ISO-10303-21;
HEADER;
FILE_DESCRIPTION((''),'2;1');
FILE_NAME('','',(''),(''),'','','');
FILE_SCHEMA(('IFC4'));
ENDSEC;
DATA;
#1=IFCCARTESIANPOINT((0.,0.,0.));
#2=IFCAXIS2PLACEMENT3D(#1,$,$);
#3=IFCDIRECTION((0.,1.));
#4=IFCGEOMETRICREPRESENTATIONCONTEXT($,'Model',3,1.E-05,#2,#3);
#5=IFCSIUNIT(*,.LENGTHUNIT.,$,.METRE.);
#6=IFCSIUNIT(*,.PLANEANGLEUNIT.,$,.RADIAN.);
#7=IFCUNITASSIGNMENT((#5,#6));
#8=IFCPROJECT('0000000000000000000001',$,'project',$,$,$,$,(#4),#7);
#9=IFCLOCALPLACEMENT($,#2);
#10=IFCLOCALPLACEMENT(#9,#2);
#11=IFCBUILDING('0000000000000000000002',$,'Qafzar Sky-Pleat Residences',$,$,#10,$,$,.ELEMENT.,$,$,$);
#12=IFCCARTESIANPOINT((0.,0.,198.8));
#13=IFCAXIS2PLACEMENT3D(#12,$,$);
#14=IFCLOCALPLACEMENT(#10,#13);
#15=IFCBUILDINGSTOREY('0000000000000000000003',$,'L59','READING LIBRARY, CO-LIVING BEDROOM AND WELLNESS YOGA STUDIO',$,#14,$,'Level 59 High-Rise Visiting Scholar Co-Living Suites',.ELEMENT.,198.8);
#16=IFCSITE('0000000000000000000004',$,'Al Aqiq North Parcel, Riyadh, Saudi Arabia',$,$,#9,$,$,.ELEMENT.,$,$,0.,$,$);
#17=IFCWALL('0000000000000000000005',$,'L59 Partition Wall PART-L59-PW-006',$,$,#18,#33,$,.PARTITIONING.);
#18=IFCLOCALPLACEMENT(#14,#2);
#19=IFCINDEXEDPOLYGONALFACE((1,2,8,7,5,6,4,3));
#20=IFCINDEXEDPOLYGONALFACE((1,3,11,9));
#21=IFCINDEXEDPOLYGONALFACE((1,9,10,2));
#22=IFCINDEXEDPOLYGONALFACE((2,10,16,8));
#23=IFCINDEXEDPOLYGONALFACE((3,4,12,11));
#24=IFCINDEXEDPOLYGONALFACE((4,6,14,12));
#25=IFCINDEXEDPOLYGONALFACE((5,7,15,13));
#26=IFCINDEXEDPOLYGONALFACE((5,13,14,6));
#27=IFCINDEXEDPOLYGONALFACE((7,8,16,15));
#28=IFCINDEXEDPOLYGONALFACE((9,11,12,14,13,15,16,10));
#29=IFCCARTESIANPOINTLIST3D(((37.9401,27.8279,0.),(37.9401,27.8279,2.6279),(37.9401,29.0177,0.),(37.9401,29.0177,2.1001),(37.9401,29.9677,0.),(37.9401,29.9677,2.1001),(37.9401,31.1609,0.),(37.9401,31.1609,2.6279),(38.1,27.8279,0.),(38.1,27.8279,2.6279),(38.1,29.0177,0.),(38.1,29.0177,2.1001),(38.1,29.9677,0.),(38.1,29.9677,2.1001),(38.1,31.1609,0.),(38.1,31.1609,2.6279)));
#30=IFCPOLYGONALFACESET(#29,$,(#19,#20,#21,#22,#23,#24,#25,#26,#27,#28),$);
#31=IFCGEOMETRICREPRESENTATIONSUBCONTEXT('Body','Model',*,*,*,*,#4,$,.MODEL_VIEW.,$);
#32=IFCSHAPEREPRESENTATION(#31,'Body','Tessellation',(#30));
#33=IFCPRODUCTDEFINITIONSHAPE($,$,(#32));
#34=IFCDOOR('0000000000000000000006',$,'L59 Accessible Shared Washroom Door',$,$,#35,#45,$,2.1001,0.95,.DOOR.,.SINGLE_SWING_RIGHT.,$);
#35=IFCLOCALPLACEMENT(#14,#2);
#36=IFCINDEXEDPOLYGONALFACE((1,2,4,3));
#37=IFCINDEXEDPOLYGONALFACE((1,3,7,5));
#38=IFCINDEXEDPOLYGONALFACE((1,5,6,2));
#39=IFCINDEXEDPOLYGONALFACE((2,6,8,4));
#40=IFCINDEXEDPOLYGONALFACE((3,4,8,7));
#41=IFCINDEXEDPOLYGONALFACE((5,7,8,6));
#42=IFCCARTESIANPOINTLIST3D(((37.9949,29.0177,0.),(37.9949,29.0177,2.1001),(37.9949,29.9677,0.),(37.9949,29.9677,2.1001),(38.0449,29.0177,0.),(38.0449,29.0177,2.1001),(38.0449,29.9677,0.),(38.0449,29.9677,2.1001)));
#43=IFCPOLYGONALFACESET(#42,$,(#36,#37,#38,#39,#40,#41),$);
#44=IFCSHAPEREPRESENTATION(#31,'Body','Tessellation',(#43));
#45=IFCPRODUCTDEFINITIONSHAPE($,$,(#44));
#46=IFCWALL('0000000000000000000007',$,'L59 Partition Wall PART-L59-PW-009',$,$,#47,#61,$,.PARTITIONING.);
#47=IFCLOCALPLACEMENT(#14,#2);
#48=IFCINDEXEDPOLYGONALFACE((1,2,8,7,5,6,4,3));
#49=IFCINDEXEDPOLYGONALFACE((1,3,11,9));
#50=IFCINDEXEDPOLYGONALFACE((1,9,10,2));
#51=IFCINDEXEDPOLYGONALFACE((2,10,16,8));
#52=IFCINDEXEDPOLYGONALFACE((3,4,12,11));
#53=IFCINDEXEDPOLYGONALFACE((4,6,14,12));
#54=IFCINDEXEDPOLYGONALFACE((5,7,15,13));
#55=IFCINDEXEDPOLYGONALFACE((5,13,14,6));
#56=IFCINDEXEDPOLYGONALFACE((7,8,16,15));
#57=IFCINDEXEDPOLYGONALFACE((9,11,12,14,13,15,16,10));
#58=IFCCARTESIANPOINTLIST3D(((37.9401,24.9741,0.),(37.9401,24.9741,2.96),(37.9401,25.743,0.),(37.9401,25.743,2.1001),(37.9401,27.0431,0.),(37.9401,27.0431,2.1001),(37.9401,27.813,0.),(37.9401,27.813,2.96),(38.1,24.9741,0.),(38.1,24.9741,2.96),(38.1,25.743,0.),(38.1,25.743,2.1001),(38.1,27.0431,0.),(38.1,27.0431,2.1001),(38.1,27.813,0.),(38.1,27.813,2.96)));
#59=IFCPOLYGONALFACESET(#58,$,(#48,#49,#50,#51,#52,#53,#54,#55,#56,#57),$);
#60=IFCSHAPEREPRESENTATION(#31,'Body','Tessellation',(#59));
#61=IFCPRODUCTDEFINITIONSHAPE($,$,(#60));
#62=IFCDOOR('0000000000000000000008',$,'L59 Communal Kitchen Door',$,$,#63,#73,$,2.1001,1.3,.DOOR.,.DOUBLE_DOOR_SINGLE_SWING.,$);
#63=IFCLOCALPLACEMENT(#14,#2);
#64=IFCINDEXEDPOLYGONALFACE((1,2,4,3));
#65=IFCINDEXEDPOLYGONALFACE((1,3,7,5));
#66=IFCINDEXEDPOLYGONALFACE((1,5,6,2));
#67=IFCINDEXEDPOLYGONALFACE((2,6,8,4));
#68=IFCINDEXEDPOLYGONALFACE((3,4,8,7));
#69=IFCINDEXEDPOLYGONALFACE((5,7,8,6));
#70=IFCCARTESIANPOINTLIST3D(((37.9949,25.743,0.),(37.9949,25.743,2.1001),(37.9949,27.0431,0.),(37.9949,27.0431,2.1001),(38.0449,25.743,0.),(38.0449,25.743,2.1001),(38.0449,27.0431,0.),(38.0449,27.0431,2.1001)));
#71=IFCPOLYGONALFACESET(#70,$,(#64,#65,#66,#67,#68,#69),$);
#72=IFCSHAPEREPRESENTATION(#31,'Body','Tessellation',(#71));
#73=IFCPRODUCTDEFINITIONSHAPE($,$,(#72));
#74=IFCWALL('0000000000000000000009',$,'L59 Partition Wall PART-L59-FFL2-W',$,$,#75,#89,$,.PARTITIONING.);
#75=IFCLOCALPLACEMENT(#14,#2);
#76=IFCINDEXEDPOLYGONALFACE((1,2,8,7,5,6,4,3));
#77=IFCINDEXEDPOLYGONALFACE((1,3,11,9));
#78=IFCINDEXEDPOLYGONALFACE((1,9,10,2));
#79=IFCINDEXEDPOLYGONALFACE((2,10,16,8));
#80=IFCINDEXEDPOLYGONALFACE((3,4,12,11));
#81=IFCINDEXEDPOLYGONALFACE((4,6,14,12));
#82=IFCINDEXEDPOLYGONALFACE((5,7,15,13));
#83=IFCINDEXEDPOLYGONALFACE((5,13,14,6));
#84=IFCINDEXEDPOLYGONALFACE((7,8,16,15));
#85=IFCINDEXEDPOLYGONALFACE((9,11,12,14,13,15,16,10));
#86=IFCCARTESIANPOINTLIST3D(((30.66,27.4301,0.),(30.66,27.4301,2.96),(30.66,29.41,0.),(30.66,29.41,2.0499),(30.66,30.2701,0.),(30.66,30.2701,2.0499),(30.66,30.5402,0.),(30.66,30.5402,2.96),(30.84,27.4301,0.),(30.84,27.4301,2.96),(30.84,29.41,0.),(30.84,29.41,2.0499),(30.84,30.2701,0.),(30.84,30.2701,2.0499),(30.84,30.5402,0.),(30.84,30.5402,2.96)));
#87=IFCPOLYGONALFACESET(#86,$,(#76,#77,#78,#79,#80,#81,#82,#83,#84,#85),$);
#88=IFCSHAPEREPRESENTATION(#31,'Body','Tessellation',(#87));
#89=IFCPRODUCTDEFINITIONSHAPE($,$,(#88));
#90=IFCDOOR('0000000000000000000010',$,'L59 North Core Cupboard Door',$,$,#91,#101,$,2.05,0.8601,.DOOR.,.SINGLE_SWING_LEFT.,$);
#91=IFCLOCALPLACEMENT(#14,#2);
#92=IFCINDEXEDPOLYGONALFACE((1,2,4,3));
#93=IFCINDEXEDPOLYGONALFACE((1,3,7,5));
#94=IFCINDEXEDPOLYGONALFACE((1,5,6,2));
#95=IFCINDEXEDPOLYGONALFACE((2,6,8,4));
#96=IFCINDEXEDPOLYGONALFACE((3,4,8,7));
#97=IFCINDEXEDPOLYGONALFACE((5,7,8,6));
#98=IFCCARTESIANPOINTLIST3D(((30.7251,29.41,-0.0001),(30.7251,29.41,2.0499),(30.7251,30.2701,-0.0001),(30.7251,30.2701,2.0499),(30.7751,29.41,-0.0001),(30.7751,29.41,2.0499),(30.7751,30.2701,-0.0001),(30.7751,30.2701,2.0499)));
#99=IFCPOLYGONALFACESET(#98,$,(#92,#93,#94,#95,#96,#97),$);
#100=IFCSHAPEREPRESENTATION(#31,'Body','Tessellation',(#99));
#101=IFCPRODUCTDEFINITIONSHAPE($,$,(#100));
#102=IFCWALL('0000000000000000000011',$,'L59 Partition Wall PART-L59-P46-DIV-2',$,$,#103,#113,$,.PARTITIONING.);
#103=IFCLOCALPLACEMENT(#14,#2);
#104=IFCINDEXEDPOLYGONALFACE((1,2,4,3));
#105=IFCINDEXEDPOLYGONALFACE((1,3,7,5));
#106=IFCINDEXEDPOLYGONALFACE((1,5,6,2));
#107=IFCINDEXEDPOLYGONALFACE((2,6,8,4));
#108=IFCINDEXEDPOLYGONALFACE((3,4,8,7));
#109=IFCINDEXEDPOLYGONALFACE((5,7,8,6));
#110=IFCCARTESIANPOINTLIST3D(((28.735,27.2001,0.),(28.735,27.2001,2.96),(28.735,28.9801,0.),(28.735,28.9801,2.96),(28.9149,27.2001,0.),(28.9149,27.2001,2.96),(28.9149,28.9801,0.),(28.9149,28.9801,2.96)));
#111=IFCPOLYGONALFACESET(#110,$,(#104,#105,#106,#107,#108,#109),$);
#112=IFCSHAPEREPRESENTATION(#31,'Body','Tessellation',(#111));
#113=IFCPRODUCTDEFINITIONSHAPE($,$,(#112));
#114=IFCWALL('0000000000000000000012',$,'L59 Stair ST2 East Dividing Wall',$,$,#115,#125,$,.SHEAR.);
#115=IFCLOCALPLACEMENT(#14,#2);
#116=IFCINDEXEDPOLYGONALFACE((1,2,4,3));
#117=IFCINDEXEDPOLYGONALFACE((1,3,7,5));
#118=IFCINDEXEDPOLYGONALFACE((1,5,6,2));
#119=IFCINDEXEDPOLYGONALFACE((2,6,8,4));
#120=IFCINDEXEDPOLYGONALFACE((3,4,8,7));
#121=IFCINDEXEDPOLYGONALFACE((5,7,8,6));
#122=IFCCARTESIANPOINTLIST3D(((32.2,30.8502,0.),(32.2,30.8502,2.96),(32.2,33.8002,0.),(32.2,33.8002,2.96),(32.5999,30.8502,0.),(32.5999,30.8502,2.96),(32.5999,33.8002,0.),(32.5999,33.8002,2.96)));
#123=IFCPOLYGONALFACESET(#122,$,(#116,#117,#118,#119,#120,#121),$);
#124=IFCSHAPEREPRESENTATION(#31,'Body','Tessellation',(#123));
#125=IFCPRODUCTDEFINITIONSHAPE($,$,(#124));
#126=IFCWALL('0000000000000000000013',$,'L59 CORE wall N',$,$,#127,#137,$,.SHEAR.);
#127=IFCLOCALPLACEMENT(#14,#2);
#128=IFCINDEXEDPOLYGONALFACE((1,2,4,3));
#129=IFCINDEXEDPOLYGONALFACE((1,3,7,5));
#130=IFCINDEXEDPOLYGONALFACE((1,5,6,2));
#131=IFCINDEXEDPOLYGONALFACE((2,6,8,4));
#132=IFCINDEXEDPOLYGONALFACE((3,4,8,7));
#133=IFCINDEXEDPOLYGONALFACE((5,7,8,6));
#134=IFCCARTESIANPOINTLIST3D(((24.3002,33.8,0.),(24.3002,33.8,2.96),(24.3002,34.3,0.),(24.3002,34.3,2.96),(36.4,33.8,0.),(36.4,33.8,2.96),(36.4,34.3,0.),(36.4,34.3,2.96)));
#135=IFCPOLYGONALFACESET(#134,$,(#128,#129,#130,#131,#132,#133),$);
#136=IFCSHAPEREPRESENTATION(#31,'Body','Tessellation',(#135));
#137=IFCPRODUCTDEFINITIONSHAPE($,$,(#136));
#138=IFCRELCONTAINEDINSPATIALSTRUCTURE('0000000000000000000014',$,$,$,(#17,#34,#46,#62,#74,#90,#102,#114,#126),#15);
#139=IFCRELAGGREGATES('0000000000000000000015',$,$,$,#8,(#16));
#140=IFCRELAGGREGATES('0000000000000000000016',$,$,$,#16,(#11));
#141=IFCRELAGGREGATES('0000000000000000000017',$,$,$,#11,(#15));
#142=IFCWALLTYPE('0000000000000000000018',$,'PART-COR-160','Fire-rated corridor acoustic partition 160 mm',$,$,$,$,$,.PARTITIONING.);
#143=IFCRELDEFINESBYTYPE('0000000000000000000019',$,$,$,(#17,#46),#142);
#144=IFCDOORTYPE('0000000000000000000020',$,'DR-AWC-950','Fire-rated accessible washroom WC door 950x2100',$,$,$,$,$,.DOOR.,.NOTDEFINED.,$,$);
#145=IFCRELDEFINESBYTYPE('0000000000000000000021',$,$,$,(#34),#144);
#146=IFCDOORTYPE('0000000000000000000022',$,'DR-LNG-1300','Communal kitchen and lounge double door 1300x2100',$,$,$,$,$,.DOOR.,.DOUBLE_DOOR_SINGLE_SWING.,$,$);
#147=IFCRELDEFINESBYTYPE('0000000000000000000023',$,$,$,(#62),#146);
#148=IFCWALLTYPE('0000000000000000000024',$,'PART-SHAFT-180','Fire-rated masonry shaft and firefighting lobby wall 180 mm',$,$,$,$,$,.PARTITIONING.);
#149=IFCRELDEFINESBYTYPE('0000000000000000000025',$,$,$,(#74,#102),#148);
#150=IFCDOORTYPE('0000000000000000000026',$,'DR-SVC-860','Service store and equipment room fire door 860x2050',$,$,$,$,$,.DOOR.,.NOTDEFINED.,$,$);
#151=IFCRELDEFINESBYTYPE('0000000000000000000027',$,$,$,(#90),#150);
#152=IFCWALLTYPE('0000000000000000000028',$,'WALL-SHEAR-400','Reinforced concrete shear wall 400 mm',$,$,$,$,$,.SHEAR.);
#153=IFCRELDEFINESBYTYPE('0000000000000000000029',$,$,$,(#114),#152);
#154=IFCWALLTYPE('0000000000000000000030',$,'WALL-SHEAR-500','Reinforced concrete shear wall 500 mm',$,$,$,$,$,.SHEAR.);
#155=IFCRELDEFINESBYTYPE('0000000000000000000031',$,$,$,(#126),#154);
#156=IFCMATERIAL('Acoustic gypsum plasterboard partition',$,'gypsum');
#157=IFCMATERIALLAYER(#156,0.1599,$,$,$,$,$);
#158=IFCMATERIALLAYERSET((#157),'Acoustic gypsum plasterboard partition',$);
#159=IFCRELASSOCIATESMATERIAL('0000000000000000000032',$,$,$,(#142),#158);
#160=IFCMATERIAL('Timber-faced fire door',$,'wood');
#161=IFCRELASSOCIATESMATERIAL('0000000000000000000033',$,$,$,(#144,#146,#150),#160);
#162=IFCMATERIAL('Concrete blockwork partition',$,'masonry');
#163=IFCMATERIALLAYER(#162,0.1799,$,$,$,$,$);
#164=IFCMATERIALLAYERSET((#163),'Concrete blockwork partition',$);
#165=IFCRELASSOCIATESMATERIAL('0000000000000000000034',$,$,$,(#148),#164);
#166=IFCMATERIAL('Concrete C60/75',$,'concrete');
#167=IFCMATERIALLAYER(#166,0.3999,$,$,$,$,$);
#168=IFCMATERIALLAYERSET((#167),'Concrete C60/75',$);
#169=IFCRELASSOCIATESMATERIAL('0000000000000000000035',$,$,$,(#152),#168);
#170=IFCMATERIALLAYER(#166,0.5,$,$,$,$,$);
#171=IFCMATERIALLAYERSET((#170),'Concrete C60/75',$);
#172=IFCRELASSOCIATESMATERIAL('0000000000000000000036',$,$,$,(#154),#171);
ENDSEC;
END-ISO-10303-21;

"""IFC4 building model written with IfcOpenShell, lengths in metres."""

from ifc_helpers import new_model, si_unit, direction, frame, frame_2d, origin, place, context, subcontext, project, spatial, rectangle, extrude, source, transform, mapped, material, layer, layer_set, type_object, element, fill, save


model = new_model("IFC4")

# Units and contexts
model_context = context("Model", 3, precision=1e-05, world=origin(), true_north=direction((0.0, 1.0)))
body_context = subcontext(model_context, "Body", "Model", "MODEL_VIEW")
ifc_project = project(units=[si_unit("LENGTHUNIT", "METRE"), si_unit("PLANEANGLEUNIT", "RADIAN")], contexts=[model_context])

# Site, building, storey
site_placement = place(None, origin())
site = spatial("IfcSite", under=ifc_project, at=site_placement, Name="Al Aqiq North Parcel, Riyadh, Saudi Arabia", CompositionType="ELEMENT", RefElevation=0.0)
building_placement = place(site_placement, origin())
building = spatial("IfcBuilding", under=site, at=building_placement, Name="Qafzar Sky-Pleat Residences", CompositionType="ELEMENT")
storey_placement = place(building_placement, frame((0.0, 0.0, 198.8)))
storey = spatial("IfcBuildingStorey", under=building, at=storey_placement, Name="L59", Description="READING LIBRARY, CO-LIVING BEDROOM AND WELLNESS YOGA STUDIO", LongName="Level 59 High-Rise Visiting Scholar Co-Living Suites", CompositionType="ELEMENT", Elevation=198.8)

# Walls, openings, doors
ifc_material_1 = material(Name="Acoustic gypsum plasterboard partition", Category="gypsum")
ifc_layer_1 = layer(ifc_material_1, 0.1599)
ifc_layer_set_1 = layer_set([ifc_layer_1], Name="Acoustic gypsum plasterboard partition")
wall_type_1 = type_object("IfcWallType", Name="PART-COR-160", Description="Fire-rated corridor acoustic partition 160 mm", PredefinedType="PARTITIONING", material=ifc_layer_set_1)
wall_1_placement = place(storey_placement, frame((38.02, 31.1609, 0.0), z_axis=(0.0, 0.0, 1.0), x_axis=(0.0, -1.0, 0.0)))
wall_1 = element("IfcWall", 1, at=wall_1_placement, inside=storey, type_object=wall_type_1, Name="L59 Partition Wall PART-L59-PW-006", PredefinedType="PARTITIONING", context=body_context, shape_type="SweptSolid", body=[
    extrude(rectangle(XDim=3.333, YDim=0.1599, at=frame_2d((1.6665, 0.0))), origin(), (0.0, 0.0, 1.0), 2.6279),
])
opening_1_placement = place(wall_1_placement, frame((1.1931, 0.0, 0.0)))
opening_1 = element("IfcOpeningElement", 2, at=opening_1_placement, cuts=wall_1, PredefinedType="OPENING", context=body_context, shape_type="SweptSolid", body=[
    extrude(rectangle(XDim=0.95, YDim=2.1001, at=frame_2d((0.4751, 1.05))), frame((0.0, 0.0898, 0.0), z_axis=(0.0, -1.0, 0.0), x_axis=(1.0, 0.0, 0.0)), (0.0, 0.0, 1.0), 0.1799),
])
ifc_material_2 = material(Name="Timber-faced fire door", Category="wood")
door_type_1 = type_object("IfcDoorType", Name="DR-AWC-950", Description="Fire-rated accessible washroom WC door 950x2100", OperationType="NOTDEFINED", PredefinedType="DOOR", material=ifc_material_2)
shared_shape_1 = source(origin(), body_context, "Body", "SweptSolid", [
    extrude(rectangle(XDim=0.95, YDim=2.1001, at=frame_2d((0.4751, 1.05))), frame((0.0, 0.0249, 0.0), z_axis=(0.0, -1.0, 0.0), x_axis=(1.0, 0.0, 0.0)), (0.0, 0.0, 1.0), 0.05),
])
door_1_placement = place(opening_1_placement, origin())
door_1 = element("IfcDoor", 3, at=door_1_placement, inside=storey, type_object=door_type_1, Name="L59 Accessible Shared Washroom Door", OperationType="SINGLE_SWING_RIGHT", OverallHeight=2.1001, OverallWidth=0.95, PredefinedType="DOOR", context=body_context, shape_type="MappedRepresentation", body=[
    mapped(shared_shape_1, transform((0.0, 0.0, 0.0), x_axis=(1.0, 0.0, 0.0), y_axis=(0.0, 1.0, 0.0), z_axis=(0.0, 0.0, 1.0), scale=1.0)),
])
fill(opening_1, door_1)
wall_2_placement = place(storey_placement, frame((38.02, 27.813, 0.0), z_axis=(0.0, 0.0, 1.0), x_axis=(0.0, -1.0, 0.0)))
wall_2 = element("IfcWall", 4, at=wall_2_placement, inside=storey, type_object=wall_type_1, Name="L59 Partition Wall PART-L59-PW-009", PredefinedType="PARTITIONING", context=body_context, shape_type="SweptSolid", body=[
    extrude(rectangle(XDim=2.8389, YDim=0.1599, at=frame_2d((1.4194, 0.0))), origin(), (0.0, 0.0, 1.0), 2.96),
])
opening_2_placement = place(wall_2_placement, frame((0.77, 0.0, 0.0)))
opening_2 = element("IfcOpeningElement", 5, at=opening_2_placement, cuts=wall_2, PredefinedType="OPENING", context=body_context, shape_type="SweptSolid", body=[
    extrude(rectangle(XDim=1.3, YDim=2.1001, at=frame_2d((0.6499, 1.05))), frame((0.0, 0.0898, 0.0), z_axis=(0.0, -1.0, 0.0), x_axis=(1.0, 0.0, 0.0)), (0.0, 0.0, 1.0), 0.1799),
])
door_type_2 = type_object("IfcDoorType", Name="DR-LNG-1300", Description="Communal kitchen and lounge double door 1300x2100", OperationType="DOUBLE_DOOR_SINGLE_SWING", PredefinedType="DOOR", material=ifc_material_2)
shared_shape_2 = source(origin(), body_context, "Body", "SweptSolid", [
    extrude(rectangle(XDim=1.3, YDim=2.1001, at=frame_2d((0.6499, 1.05))), frame((0.0, 0.0249, 0.0), z_axis=(0.0, -1.0, 0.0), x_axis=(1.0, 0.0, 0.0)), (0.0, 0.0, 1.0), 0.05),
])
door_2_placement = place(opening_2_placement, origin())
door_2 = element("IfcDoor", 6, at=door_2_placement, inside=storey, type_object=door_type_2, Name="L59 Communal Kitchen Door", OperationType="DOUBLE_DOOR_SINGLE_SWING", OverallHeight=2.1001, OverallWidth=1.3, PredefinedType="DOOR", context=body_context, shape_type="MappedRepresentation", body=[
    mapped(shared_shape_2, transform((0.0, 0.0, 0.0), x_axis=(1.0, 0.0, 0.0), y_axis=(0.0, 1.0, 0.0), z_axis=(0.0, 0.0, 1.0), scale=1.0)),
])
fill(opening_2, door_2)
ifc_material_3 = material(Name="Concrete blockwork partition", Category="masonry")
ifc_layer_2 = layer(ifc_material_3, 0.1799)
ifc_layer_set_2 = layer_set([ifc_layer_2], Name="Concrete blockwork partition")
wall_type_2 = type_object("IfcWallType", Name="PART-SHAFT-180", Description="Fire-rated masonry shaft and firefighting lobby wall 180 mm", PredefinedType="PARTITIONING", material=ifc_layer_set_2)
wall_3_placement = place(storey_placement, frame((30.75, 27.4299, 0.0), z_axis=(0.0, 0.0, 1.0), x_axis=(0.0, 1.0, 0.0)))
wall_3 = element("IfcWall", 7, at=wall_3_placement, inside=storey, type_object=wall_type_2, Name="L59 Partition Wall PART-L59-FFL2-W", PredefinedType="PARTITIONING", context=body_context, shape_type="SweptSolid", body=[
    extrude(rectangle(XDim=3.1101, YDim=0.1799, at=frame_2d((1.5552, 0.0))), origin(), (0.0, 0.0, 1.0), 2.96),
])
opening_3_placement = place(wall_3_placement, frame((1.98, 0.0, 0.0)))
opening_3 = element("IfcOpeningElement", 8, at=opening_3_placement, cuts=wall_3, PredefinedType="OPENING", context=body_context, shape_type="SweptSolid", body=[
    extrude(rectangle(XDim=0.8601, YDim=2.05, at=frame_2d((0.4302, 1.0249))), frame((0.0, 0.1001, 0.0), z_axis=(0.0, -1.0, 0.0), x_axis=(1.0, 0.0, 0.0)), (0.0, 0.0, 1.0), 0.2),
])
door_type_3 = type_object("IfcDoorType", Name="DR-SVC-860", Description="Service store and equipment room fire door 860x2050", OperationType="NOTDEFINED", PredefinedType="DOOR", material=ifc_material_2)
shared_shape_3 = source(origin(), body_context, "Body", "SweptSolid", [
    extrude(rectangle(XDim=0.8601, YDim=2.05, at=frame_2d((0.4302, 1.0249))), frame((0.0, 0.0249, 0.0), z_axis=(0.0, -1.0, 0.0), x_axis=(1.0, 0.0, 0.0)), (0.0, 0.0, 1.0), 0.05),
])
door_3_placement = place(opening_3_placement, origin())
door_3 = element("IfcDoor", 9, at=door_3_placement, inside=storey, type_object=door_type_3, Name="L59 North Core Cupboard Door", OperationType="SINGLE_SWING_LEFT", OverallHeight=2.05, OverallWidth=0.8601, PredefinedType="DOOR", context=body_context, shape_type="MappedRepresentation", body=[
    mapped(shared_shape_3, transform((0.0, 0.0, 0.0), x_axis=(1.0, 0.0, 0.0), y_axis=(0.0, 1.0, 0.0), z_axis=(0.0, 0.0, 1.0), scale=1.0)),
])
fill(opening_3, door_3)

# Walls
wall_4_placement = place(storey_placement, frame((28.825, 27.2, 0.0), z_axis=(0.0, 0.0, 1.0), x_axis=(0.0, 1.0, 0.0)))
element("IfcWall", 10, at=wall_4_placement, inside=storey, type_object=wall_type_2, Name="L59 Partition Wall PART-L59-P46-DIV-2", PredefinedType="PARTITIONING", context=body_context, shape_type="SweptSolid", body=[
    extrude(rectangle(XDim=1.78, YDim=0.1799, at=frame_2d((0.8901, 0.0))), origin(), (0.0, 0.0, 1.0), 2.96),
])
ifc_material_4 = material(Name="Concrete C60/75", Category="concrete")
ifc_layer_3 = layer(ifc_material_4, 0.3999)
ifc_layer_set_3 = layer_set([ifc_layer_3], Name="Concrete C60/75")
wall_type_3 = type_object("IfcWallType", Name="WALL-SHEAR-400", Description="Reinforced concrete shear wall 400 mm", PredefinedType="SHEAR", material=ifc_layer_set_3)
wall_5_placement = place(storey_placement, frame((32.3999, 30.8501, 0.0), z_axis=(0.0, 0.0, 1.0), x_axis=(0.0, 1.0, 0.0)))
element("IfcWall", 11, at=wall_5_placement, inside=storey, type_object=wall_type_3, Name="L59 Stair ST2 East Dividing Wall", PredefinedType="SHEAR", context=body_context, shape_type="SweptSolid", body=[
    extrude(rectangle(XDim=2.95, YDim=0.3999, at=frame_2d((1.4751, 0.0))), origin(), (0.0, 0.0, 1.0), 2.96),
])
ifc_layer_4 = layer(ifc_material_4, 0.5)
ifc_layer_set_4 = layer_set([ifc_layer_4], Name="Concrete C60/75")
wall_type_4 = type_object("IfcWallType", Name="WALL-SHEAR-500", Description="Reinforced concrete shear wall 500 mm", PredefinedType="SHEAR", material=ifc_layer_set_4)
wall_6_placement = place(storey_placement, frame((36.3999, 34.05, 0.0), z_axis=(0.0, 0.0, 1.0), x_axis=(-1.0, 0.0, 0.0)))
element("IfcWall", 12, at=wall_6_placement, inside=storey, type_object=wall_type_4, Name="L59 CORE wall N", PredefinedType="SHEAR", context=body_context, shape_type="SweptSolid", body=[
    extrude(rectangle(XDim=12.0999, YDim=0.5, at=frame_2d((6.0498, 0.0))), origin(), (0.0, 0.0, 1.0), 2.96),
])

save(model, "model.ifc")
